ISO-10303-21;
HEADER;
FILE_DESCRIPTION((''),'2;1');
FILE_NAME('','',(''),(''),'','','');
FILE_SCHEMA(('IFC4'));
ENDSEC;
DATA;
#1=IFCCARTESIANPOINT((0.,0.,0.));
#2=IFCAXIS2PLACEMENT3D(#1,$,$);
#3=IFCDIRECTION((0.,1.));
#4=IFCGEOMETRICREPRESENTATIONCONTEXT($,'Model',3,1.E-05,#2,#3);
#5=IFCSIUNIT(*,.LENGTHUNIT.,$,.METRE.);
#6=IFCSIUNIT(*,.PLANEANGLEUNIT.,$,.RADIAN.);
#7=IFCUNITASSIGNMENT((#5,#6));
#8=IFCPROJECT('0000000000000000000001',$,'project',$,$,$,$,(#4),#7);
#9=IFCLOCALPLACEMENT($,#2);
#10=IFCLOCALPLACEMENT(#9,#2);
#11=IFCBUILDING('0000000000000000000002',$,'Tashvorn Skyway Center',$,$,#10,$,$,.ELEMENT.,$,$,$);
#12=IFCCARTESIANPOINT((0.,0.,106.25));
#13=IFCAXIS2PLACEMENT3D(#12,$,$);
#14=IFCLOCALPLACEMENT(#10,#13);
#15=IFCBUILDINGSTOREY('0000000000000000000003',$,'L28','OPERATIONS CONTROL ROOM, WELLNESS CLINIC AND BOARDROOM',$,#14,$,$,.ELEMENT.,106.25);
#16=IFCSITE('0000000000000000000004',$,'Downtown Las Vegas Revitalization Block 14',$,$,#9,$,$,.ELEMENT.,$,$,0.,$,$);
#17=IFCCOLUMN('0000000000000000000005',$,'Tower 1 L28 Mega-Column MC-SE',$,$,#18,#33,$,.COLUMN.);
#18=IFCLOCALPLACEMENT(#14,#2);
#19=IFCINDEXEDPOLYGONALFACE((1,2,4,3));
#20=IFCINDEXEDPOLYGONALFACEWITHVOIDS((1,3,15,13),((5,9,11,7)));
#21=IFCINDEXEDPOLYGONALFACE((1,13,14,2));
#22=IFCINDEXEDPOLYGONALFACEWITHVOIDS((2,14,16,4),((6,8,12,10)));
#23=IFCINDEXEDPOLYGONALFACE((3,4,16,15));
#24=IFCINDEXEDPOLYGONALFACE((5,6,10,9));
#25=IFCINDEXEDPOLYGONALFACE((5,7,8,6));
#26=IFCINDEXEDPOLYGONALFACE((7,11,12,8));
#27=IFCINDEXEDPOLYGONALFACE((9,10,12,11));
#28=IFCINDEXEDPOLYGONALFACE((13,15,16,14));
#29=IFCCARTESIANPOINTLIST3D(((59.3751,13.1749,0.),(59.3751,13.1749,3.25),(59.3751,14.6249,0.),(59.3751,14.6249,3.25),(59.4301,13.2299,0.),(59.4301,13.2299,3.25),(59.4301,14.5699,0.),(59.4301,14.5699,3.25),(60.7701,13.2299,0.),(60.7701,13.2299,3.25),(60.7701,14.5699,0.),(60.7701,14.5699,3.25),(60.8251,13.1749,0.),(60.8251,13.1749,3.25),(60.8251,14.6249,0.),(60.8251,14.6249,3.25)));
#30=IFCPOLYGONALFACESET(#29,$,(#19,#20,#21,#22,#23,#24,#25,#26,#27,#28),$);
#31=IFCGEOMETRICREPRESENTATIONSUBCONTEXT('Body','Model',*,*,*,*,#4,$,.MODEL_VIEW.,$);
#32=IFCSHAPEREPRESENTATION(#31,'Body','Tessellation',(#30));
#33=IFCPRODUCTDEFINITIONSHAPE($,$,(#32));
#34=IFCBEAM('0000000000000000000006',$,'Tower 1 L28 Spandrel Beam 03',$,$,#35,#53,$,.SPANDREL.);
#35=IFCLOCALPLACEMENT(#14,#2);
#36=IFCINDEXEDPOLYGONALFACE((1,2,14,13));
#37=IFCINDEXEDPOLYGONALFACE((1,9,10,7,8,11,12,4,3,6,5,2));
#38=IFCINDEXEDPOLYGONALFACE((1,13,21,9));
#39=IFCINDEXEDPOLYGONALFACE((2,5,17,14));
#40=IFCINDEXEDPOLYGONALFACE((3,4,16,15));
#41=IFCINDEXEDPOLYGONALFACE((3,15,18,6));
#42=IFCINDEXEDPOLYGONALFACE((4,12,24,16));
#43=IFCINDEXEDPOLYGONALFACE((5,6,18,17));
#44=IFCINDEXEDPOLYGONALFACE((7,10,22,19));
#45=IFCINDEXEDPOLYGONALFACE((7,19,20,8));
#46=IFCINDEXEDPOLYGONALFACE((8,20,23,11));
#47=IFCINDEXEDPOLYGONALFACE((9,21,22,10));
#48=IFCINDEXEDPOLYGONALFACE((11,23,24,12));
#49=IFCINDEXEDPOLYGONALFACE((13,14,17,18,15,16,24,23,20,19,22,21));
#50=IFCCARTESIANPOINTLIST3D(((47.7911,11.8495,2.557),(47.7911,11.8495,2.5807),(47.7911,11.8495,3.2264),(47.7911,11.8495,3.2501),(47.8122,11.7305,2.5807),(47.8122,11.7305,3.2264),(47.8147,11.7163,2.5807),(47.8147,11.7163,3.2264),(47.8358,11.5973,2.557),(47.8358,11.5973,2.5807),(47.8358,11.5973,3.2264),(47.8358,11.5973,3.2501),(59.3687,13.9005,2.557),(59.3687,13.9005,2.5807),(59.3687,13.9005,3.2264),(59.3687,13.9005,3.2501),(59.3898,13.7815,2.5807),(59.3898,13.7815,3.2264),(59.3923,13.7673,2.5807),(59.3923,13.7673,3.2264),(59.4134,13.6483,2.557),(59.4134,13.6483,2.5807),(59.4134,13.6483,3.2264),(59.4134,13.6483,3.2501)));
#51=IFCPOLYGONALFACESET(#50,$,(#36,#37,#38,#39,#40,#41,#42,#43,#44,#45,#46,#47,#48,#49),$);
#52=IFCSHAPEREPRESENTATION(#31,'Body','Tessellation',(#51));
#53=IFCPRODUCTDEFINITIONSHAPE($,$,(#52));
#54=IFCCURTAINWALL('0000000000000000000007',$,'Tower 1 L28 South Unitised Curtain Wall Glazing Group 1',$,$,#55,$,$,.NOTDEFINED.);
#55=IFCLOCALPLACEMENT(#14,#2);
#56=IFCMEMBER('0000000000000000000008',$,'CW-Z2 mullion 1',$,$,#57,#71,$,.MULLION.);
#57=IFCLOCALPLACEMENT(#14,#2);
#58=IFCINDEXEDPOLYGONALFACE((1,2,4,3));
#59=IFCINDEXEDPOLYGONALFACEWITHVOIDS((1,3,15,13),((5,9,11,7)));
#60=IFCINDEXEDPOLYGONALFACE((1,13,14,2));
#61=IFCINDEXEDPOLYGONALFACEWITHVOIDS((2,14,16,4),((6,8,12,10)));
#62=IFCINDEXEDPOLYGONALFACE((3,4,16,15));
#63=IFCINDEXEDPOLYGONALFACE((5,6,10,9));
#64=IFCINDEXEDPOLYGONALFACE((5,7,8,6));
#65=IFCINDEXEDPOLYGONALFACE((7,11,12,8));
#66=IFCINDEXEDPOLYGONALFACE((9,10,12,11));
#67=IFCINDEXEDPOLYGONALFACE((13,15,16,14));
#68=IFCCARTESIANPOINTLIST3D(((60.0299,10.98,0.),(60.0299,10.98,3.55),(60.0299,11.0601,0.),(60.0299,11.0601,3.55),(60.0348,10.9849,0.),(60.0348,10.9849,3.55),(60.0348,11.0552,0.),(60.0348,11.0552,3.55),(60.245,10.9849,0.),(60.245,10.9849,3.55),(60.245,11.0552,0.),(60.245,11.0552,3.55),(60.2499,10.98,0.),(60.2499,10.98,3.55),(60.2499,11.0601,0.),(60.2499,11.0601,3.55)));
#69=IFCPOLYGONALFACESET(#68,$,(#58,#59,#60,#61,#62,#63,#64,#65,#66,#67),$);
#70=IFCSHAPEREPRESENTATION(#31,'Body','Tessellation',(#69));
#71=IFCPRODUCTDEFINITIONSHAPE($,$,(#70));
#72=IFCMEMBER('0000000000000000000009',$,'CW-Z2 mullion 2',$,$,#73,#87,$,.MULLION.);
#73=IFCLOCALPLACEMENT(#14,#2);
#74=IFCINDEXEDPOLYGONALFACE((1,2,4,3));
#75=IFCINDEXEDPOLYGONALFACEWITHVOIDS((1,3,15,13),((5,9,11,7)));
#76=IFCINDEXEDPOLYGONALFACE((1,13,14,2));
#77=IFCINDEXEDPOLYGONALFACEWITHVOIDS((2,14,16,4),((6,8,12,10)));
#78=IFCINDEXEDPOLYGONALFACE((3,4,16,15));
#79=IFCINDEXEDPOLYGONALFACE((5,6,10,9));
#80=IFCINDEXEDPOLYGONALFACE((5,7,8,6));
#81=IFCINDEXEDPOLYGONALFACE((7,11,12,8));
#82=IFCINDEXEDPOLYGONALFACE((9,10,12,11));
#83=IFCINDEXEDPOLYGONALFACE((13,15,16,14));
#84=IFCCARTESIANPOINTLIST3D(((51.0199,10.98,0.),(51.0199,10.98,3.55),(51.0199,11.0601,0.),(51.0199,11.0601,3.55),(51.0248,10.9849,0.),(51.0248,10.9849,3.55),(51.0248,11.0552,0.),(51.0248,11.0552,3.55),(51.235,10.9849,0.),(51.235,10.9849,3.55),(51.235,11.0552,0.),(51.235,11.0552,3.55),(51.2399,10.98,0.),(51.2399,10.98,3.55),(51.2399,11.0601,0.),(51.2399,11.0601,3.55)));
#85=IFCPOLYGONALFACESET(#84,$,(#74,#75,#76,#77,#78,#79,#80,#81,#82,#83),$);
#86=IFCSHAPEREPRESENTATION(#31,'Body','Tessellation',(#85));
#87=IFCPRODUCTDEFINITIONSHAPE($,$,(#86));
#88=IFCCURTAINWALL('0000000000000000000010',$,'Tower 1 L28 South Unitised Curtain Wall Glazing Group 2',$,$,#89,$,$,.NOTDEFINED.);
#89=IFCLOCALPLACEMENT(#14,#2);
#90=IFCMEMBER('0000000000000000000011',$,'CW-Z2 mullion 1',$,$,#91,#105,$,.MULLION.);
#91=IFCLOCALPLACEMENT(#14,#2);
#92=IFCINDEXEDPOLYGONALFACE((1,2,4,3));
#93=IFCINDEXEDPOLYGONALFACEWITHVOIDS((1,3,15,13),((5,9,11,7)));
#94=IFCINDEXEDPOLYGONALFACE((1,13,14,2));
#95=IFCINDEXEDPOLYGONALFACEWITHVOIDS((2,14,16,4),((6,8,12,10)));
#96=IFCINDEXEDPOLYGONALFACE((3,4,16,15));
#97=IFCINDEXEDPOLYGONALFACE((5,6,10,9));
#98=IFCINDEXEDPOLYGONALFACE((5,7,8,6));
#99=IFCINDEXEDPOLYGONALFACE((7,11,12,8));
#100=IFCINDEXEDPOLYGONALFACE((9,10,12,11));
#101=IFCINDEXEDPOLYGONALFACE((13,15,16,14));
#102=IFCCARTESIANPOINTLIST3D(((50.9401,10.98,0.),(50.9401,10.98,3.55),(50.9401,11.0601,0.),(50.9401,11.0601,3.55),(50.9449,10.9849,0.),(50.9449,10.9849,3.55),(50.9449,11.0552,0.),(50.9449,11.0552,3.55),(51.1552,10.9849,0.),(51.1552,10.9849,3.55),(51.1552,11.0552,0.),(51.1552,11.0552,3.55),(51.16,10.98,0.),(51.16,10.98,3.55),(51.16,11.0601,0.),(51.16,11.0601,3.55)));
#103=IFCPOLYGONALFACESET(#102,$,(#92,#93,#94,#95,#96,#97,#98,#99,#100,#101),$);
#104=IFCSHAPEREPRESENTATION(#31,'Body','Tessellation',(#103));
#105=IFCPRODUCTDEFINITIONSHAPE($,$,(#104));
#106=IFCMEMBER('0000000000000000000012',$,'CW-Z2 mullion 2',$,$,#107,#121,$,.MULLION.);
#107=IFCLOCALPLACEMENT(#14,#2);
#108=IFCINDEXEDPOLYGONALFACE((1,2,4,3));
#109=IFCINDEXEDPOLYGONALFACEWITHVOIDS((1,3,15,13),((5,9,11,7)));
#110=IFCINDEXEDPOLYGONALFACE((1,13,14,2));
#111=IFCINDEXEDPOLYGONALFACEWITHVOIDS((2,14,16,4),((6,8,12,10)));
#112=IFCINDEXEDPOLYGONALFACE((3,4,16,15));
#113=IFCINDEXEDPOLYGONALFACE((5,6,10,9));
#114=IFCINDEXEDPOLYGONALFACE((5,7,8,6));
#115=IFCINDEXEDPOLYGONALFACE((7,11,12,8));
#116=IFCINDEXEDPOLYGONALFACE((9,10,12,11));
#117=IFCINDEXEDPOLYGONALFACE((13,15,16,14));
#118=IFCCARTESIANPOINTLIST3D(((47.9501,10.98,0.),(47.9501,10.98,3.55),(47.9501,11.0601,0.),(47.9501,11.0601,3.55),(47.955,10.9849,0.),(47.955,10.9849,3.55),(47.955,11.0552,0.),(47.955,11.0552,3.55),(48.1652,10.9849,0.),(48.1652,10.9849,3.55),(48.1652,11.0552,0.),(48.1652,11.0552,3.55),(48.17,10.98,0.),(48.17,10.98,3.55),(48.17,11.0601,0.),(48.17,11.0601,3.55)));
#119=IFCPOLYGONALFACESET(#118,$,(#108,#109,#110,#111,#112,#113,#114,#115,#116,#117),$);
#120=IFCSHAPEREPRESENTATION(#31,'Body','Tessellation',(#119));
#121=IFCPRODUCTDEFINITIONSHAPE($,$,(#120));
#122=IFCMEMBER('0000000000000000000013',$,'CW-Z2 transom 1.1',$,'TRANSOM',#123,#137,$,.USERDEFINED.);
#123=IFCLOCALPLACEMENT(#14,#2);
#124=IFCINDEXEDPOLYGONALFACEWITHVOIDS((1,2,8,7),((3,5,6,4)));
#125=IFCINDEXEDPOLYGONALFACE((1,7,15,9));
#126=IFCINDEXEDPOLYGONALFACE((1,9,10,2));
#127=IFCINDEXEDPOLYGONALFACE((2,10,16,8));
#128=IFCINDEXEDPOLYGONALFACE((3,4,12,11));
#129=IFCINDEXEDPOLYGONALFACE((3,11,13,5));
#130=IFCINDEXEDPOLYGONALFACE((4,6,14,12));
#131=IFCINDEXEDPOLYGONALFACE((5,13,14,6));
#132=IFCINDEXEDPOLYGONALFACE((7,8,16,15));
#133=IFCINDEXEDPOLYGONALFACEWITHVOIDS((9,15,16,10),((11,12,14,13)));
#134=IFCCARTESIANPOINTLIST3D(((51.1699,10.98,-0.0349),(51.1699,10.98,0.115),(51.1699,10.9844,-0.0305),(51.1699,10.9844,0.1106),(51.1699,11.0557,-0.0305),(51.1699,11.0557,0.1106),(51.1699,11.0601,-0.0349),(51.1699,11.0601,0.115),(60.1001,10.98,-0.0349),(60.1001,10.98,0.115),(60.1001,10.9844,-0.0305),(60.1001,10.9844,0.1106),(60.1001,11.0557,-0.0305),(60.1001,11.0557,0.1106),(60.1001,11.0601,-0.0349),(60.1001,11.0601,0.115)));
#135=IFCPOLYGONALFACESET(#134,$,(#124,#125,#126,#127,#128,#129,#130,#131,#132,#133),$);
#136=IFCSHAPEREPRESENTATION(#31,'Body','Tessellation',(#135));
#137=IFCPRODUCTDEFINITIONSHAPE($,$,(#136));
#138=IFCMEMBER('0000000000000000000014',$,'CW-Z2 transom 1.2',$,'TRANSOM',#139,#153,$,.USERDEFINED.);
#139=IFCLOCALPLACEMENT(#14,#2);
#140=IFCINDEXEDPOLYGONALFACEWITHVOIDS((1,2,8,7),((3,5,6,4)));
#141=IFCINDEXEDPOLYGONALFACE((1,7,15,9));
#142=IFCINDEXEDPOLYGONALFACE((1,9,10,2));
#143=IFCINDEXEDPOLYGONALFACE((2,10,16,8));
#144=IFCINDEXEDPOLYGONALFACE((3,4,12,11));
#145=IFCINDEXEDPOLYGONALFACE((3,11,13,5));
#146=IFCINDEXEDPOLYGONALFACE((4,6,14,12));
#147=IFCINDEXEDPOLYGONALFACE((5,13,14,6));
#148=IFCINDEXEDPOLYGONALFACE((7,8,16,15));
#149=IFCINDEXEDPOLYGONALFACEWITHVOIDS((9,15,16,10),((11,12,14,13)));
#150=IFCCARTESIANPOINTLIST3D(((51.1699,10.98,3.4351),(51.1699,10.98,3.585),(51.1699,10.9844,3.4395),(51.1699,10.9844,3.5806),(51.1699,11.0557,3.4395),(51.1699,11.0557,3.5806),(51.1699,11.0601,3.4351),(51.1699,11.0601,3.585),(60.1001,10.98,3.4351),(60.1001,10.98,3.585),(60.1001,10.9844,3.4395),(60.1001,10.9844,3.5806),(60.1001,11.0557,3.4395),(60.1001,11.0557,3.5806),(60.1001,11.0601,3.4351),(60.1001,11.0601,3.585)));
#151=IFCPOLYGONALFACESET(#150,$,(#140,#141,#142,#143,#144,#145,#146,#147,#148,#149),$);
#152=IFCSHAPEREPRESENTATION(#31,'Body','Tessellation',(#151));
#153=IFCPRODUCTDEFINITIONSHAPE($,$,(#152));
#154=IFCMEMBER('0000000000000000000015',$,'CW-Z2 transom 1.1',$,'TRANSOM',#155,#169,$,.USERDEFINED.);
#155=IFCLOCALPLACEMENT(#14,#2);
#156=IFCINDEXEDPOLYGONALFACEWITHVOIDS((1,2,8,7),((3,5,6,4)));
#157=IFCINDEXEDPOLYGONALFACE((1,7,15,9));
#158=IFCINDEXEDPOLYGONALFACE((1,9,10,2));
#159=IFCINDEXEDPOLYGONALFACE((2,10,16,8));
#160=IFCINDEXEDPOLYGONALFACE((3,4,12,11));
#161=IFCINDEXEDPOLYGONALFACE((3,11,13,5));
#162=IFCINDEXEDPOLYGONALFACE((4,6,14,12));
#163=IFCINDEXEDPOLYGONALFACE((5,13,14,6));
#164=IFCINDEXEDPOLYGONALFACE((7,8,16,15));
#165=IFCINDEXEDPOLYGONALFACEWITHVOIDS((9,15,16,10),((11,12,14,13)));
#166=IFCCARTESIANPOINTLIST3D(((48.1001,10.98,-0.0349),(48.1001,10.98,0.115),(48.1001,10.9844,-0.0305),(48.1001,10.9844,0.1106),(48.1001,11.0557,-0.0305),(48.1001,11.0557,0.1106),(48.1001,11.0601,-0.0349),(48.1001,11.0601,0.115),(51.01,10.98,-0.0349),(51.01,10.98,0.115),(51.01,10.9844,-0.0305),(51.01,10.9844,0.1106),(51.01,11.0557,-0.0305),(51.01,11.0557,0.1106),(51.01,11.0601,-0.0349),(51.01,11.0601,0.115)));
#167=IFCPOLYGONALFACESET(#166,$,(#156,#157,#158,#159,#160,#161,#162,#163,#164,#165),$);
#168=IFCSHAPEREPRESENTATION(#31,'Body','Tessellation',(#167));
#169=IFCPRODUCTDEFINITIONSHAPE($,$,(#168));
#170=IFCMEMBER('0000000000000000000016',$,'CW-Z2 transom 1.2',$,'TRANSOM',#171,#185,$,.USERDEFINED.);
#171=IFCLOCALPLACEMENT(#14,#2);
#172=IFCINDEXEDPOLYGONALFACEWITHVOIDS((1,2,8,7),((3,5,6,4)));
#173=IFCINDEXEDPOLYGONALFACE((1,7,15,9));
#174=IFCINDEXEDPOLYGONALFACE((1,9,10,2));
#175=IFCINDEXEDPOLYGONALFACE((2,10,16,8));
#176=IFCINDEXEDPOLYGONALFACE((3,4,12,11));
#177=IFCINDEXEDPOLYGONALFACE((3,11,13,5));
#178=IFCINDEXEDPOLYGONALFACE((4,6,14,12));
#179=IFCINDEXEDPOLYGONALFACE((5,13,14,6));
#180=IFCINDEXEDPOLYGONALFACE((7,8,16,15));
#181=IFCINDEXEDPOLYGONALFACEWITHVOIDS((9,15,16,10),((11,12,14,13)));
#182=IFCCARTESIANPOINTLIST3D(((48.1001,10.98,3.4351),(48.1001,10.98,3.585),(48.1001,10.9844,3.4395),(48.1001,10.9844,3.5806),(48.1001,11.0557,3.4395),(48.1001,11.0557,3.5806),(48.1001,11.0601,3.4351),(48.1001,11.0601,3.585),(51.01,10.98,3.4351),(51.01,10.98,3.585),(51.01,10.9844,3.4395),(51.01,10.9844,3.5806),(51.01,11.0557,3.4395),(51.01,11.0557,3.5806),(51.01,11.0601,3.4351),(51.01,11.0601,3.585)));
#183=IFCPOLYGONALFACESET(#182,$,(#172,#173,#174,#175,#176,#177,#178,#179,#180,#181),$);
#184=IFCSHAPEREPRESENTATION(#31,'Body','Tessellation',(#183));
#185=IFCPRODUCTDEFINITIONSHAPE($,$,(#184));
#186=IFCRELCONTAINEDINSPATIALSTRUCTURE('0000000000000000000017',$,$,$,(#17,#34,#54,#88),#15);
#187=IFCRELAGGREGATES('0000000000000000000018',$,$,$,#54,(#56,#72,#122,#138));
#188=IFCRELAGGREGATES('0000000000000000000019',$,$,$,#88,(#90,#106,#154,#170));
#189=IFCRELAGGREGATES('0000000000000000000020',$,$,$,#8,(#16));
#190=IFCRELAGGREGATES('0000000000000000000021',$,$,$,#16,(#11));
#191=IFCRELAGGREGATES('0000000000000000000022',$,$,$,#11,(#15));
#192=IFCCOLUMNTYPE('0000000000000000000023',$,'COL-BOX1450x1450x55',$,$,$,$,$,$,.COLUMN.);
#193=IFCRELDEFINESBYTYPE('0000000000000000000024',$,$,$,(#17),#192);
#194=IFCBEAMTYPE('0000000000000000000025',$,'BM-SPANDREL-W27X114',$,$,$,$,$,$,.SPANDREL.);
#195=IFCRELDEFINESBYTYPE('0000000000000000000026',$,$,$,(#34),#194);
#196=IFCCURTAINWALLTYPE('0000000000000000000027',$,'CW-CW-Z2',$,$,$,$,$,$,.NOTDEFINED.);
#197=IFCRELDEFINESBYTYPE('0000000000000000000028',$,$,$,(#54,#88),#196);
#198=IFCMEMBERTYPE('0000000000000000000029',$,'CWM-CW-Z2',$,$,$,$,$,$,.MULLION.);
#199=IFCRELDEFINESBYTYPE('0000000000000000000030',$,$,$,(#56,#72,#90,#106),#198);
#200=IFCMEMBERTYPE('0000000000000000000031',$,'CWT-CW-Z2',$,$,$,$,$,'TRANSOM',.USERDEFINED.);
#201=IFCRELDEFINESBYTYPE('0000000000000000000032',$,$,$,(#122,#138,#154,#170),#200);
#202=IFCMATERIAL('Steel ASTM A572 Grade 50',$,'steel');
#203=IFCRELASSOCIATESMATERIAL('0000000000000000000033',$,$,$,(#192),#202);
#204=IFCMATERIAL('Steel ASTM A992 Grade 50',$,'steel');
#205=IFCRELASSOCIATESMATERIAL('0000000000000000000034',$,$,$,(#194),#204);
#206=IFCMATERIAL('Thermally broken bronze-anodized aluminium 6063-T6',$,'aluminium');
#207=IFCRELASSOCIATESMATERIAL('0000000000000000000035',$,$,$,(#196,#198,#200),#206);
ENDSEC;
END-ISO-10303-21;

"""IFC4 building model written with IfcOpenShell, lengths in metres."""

from ifc_helpers import new_model, si_unit, direction, frame, origin, origin_2d, place, context, subcontext, project, spatial, hollow_rectangle, i_section, extrude, material, material_profile, profile_set, type_object, element, aggregate, save


model = new_model("IFC4")

# Units and contexts
model_context = context("Model", 3, precision=1e-05, world=origin(), true_north=direction((0.0, 1.0)))
body_context = subcontext(model_context, "Body", "Model", "MODEL_VIEW")
ifc_project = project(units=[si_unit("LENGTHUNIT", "METRE"), si_unit("PLANEANGLEUNIT", "RADIAN")], contexts=[model_context])

# Site, building, storey
site_placement = place(None, origin())
site = spatial("IfcSite", under=ifc_project, at=site_placement, Name="Downtown Las Vegas Revitalization Block 14", CompositionType="ELEMENT", RefElevation=0.0)
building_placement = place(site_placement, origin())
building = spatial("IfcBuilding", under=site, at=building_placement, Name="Tashvorn Skyway Center", CompositionType="ELEMENT")
storey_placement = place(building_placement, frame((0.0, 0.0, 106.25)))
storey = spatial("IfcBuildingStorey", under=building, at=storey_placement, Name="L28", Description="OPERATIONS CONTROL ROOM, WELLNESS CLINIC AND BOARDROOM", CompositionType="ELEMENT", Elevation=106.25)

# Column
ifc_material_1 = material(Name="Steel ASTM A572 Grade 50", Category="steel")
ifc_material_profile_1 = material_profile(ifc_material_1, hollow_rectangle(XDim=1.45, YDim=1.45, WallThickness=0.0549, at=origin_2d()), Name="BOX1450x1450x55")
ifc_profile_set_1 = profile_set([ifc_material_profile_1], Name="Steel ASTM A572 Grade 50")
column_type = type_object("IfcColumnType", Name="COL-BOX1450x1450x55", PredefinedType="COLUMN", material=ifc_profile_set_1)
column_placement = place(storey_placement, frame((60.1001, 13.8999, 0.0), z_axis=(0.0, 0.0, 1.0), x_axis=(1.0, 0.0, 0.0)))
element("IfcColumn", 1, at=column_placement, inside=storey, type_object=column_type, Name="Tower 1 L28 Mega-Column MC-SE", PredefinedType="COLUMN", context=body_context, shape_type="SweptSolid", body=[
    extrude(hollow_rectangle(XDim=1.45, YDim=1.45, WallThickness=0.0549, at=origin_2d()), origin(), (0.0, 0.0, 1.0), 3.25),
])

# Beam
ifc_material_2 = material(Name="Steel ASTM A992 Grade 50", Category="steel")
ifc_material_profile_2 = material_profile(ifc_material_2, i_section(OverallWidth=0.2561, OverallDepth=0.6931, WebThickness=0.0144, FlangeThickness=0.0237, at=origin_2d()), Name="W27X114")
ifc_profile_set_2 = profile_set([ifc_material_profile_2], Name="Steel ASTM A992 Grade 50")
beam_type = type_object("IfcBeamType", Name="BM-SPANDREL-W27X114", PredefinedType="SPANDREL", material=ifc_profile_set_2)
beam_placement = place(storey_placement, frame((47.8135, 11.7234, 2.9036), z_axis=(0.984668, 0.174438, 0.0), x_axis=(-0.174438, 0.984668, 0.0)))
element("IfcBeam", 2, at=beam_placement, inside=storey, type_object=beam_type, Name="Tower 1 L28 Spandrel Beam 03", PredefinedType="SPANDREL", context=body_context, shape_type="SweptSolid", body=[
    extrude(i_section(OverallWidth=0.2561, OverallDepth=0.6931, WebThickness=0.0144, FlangeThickness=0.0237, at=origin_2d()), origin(), (0.0, 0.0, 1.0), 11.7578),
])

# Curtain walls, members
ifc_material_3 = material(Name="Thermally broken bronze-anodized aluminium 6063-T6", Category="aluminium")
curtain_wall_type = type_object("IfcCurtainWallType", Name="CW-CW-Z2", PredefinedType="NOTDEFINED", material=ifc_material_3)
curtain_wall_1_placement = place(storey_placement, origin())
curtain_wall_1 = element("IfcCurtainWall", 3, at=curtain_wall_1_placement, inside=storey, type_object=curtain_wall_type, Name="Tower 1 L28 South Unitised Curtain Wall Glazing Group 1", PredefinedType="NOTDEFINED")
ifc_material_profile_3 = material_profile(ifc_material_3, hollow_rectangle(XDim=0.0801, YDim=0.22, WallThickness=0.0049, at=origin_2d()), Name="ALU-MULL-80x220")
ifc_profile_set_3 = profile_set([ifc_material_profile_3], Name="Thermally broken bronze-anodized aluminium 6063-T6")
member_type_1 = type_object("IfcMemberType", Name="CWM-CW-Z2", PredefinedType="MULLION", material=ifc_profile_set_3)
member_1_placement = place(storey_placement, frame((60.1399, 11.02, 0.0), z_axis=(0.0, 0.0, 1.0), x_axis=(0.0, -1.0, 0.0)))
member_1 = element("IfcMember", 4, at=member_1_placement, type_object=member_type_1, Name="CW-Z2 mullion 1", PredefinedType="MULLION", context=body_context, shape_type="SweptSolid", body=[
    extrude(hollow_rectangle(XDim=0.0801, YDim=0.22, WallThickness=0.0049, at=origin_2d()), origin(), (0.0, 0.0, 1.0), 3.55),
])
member_2_placement = place(storey_placement, frame((51.1299, 11.02, 0.0), z_axis=(0.0, 0.0, 1.0), x_axis=(0.0, -1.0, 0.0)))
member_2 = element("IfcMember", 5, at=member_2_placement, type_object=member_type_1, Name="CW-Z2 mullion 2", PredefinedType="MULLION", context=body_context, shape_type="SweptSolid", body=[
    extrude(hollow_rectangle(XDim=0.0801, YDim=0.22, WallThickness=0.0049, at=origin_2d()), origin(), (0.0, 0.0, 1.0), 3.55),
])
curtain_wall_2_placement = place(storey_placement, origin())
curtain_wall_2 = element("IfcCurtainWall", 6, at=curtain_wall_2_placement, inside=storey, type_object=curtain_wall_type, Name="Tower 1 L28 South Unitised Curtain Wall Glazing Group 2", PredefinedType="NOTDEFINED")
member_3_placement = place(storey_placement, frame((51.05, 11.02, 0.0), z_axis=(0.0, 0.0, 1.0), x_axis=(0.0, -1.0, 0.0)))
member_3 = element("IfcMember", 7, at=member_3_placement, type_object=member_type_1, Name="CW-Z2 mullion 1", PredefinedType="MULLION", context=body_context, shape_type="SweptSolid", body=[
    extrude(hollow_rectangle(XDim=0.0801, YDim=0.22, WallThickness=0.0049, at=origin_2d()), origin(), (0.0, 0.0, 1.0), 3.55),
])
member_4_placement = place(storey_placement, frame((48.0601, 11.02, 0.0), z_axis=(0.0, 0.0, 1.0), x_axis=(0.0, -1.0, 0.0)))
member_4 = element("IfcMember", 8, at=member_4_placement, type_object=member_type_1, Name="CW-Z2 mullion 2", PredefinedType="MULLION", context=body_context, shape_type="SweptSolid", body=[
    extrude(hollow_rectangle(XDim=0.0801, YDim=0.22, WallThickness=0.0049, at=origin_2d()), origin(), (0.0, 0.0, 1.0), 3.55),
])

# Members
ifc_material_profile_4 = material_profile(ifc_material_3, hollow_rectangle(XDim=0.0801, YDim=0.1499, WallThickness=0.0044, at=origin_2d()), Name="ALU-TRAN-80x150")
ifc_profile_set_4 = profile_set([ifc_material_profile_4], Name="Thermally broken bronze-anodized aluminium 6063-T6")
member_type_2 = type_object("IfcMemberType", Name="CWT-CW-Z2", ElementType="TRANSOM", PredefinedType="USERDEFINED", material=ifc_profile_set_4)
member_5_placement = place(storey_placement, frame((60.1001, 11.02, 0.04), z_axis=(-1.0, 0.0, 0.0), x_axis=(0.0, -1.0, 0.0)))
member_5 = element("IfcMember", 9, at=member_5_placement, type_object=member_type_2, Name="CW-Z2 transom 1.1", ObjectType="TRANSOM", PredefinedType="USERDEFINED", context=body_context, shape_type="SweptSolid", body=[
    extrude(hollow_rectangle(XDim=0.0801, YDim=0.1499, WallThickness=0.0044, at=origin_2d()), origin(), (0.0, 0.0, 1.0), 8.9302),
])
member_6_placement = place(storey_placement, frame((60.1001, 11.02, 3.51), z_axis=(-1.0, 0.0, 0.0), x_axis=(0.0, -1.0, 0.0)))
member_6 = element("IfcMember", 10, at=member_6_placement, type_object=member_type_2, Name="CW-Z2 transom 1.2", ObjectType="TRANSOM", PredefinedType="USERDEFINED", context=body_context, shape_type="SweptSolid", body=[
    extrude(hollow_rectangle(XDim=0.0801, YDim=0.1499, WallThickness=0.0044, at=origin_2d()), origin(), (0.0, 0.0, 1.0), 8.9302),
])
member_7_placement = place(storey_placement, frame((51.01, 11.02, 0.04), z_axis=(-1.0, 0.0, 0.0), x_axis=(0.0, -1.0, 0.0)))
member_7 = element("IfcMember", 11, at=member_7_placement, type_object=member_type_2, Name="CW-Z2 transom 1.1", ObjectType="TRANSOM", PredefinedType="USERDEFINED", context=body_context, shape_type="SweptSolid", body=[
    extrude(hollow_rectangle(XDim=0.0801, YDim=0.1499, WallThickness=0.0044, at=origin_2d()), origin(), (0.0, 0.0, 1.0), 2.9099),
])
member_8_placement = place(storey_placement, frame((51.01, 11.02, 3.51), z_axis=(-1.0, 0.0, 0.0), x_axis=(0.0, -1.0, 0.0)))
member_8 = element("IfcMember", 12, at=member_8_placement, type_object=member_type_2, Name="CW-Z2 transom 1.2", ObjectType="TRANSOM", PredefinedType="USERDEFINED", context=body_context, shape_type="SweptSolid", body=[
    extrude(hollow_rectangle(XDim=0.0801, YDim=0.1499, WallThickness=0.0044, at=origin_2d()), origin(), (0.0, 0.0, 1.0), 2.9099),
])

aggregate(curtain_wall_1, [member_1, member_2, member_5, member_6])
aggregate(curtain_wall_2, [member_3, member_4, member_7, member_8])

save(model, "model.ifc")
